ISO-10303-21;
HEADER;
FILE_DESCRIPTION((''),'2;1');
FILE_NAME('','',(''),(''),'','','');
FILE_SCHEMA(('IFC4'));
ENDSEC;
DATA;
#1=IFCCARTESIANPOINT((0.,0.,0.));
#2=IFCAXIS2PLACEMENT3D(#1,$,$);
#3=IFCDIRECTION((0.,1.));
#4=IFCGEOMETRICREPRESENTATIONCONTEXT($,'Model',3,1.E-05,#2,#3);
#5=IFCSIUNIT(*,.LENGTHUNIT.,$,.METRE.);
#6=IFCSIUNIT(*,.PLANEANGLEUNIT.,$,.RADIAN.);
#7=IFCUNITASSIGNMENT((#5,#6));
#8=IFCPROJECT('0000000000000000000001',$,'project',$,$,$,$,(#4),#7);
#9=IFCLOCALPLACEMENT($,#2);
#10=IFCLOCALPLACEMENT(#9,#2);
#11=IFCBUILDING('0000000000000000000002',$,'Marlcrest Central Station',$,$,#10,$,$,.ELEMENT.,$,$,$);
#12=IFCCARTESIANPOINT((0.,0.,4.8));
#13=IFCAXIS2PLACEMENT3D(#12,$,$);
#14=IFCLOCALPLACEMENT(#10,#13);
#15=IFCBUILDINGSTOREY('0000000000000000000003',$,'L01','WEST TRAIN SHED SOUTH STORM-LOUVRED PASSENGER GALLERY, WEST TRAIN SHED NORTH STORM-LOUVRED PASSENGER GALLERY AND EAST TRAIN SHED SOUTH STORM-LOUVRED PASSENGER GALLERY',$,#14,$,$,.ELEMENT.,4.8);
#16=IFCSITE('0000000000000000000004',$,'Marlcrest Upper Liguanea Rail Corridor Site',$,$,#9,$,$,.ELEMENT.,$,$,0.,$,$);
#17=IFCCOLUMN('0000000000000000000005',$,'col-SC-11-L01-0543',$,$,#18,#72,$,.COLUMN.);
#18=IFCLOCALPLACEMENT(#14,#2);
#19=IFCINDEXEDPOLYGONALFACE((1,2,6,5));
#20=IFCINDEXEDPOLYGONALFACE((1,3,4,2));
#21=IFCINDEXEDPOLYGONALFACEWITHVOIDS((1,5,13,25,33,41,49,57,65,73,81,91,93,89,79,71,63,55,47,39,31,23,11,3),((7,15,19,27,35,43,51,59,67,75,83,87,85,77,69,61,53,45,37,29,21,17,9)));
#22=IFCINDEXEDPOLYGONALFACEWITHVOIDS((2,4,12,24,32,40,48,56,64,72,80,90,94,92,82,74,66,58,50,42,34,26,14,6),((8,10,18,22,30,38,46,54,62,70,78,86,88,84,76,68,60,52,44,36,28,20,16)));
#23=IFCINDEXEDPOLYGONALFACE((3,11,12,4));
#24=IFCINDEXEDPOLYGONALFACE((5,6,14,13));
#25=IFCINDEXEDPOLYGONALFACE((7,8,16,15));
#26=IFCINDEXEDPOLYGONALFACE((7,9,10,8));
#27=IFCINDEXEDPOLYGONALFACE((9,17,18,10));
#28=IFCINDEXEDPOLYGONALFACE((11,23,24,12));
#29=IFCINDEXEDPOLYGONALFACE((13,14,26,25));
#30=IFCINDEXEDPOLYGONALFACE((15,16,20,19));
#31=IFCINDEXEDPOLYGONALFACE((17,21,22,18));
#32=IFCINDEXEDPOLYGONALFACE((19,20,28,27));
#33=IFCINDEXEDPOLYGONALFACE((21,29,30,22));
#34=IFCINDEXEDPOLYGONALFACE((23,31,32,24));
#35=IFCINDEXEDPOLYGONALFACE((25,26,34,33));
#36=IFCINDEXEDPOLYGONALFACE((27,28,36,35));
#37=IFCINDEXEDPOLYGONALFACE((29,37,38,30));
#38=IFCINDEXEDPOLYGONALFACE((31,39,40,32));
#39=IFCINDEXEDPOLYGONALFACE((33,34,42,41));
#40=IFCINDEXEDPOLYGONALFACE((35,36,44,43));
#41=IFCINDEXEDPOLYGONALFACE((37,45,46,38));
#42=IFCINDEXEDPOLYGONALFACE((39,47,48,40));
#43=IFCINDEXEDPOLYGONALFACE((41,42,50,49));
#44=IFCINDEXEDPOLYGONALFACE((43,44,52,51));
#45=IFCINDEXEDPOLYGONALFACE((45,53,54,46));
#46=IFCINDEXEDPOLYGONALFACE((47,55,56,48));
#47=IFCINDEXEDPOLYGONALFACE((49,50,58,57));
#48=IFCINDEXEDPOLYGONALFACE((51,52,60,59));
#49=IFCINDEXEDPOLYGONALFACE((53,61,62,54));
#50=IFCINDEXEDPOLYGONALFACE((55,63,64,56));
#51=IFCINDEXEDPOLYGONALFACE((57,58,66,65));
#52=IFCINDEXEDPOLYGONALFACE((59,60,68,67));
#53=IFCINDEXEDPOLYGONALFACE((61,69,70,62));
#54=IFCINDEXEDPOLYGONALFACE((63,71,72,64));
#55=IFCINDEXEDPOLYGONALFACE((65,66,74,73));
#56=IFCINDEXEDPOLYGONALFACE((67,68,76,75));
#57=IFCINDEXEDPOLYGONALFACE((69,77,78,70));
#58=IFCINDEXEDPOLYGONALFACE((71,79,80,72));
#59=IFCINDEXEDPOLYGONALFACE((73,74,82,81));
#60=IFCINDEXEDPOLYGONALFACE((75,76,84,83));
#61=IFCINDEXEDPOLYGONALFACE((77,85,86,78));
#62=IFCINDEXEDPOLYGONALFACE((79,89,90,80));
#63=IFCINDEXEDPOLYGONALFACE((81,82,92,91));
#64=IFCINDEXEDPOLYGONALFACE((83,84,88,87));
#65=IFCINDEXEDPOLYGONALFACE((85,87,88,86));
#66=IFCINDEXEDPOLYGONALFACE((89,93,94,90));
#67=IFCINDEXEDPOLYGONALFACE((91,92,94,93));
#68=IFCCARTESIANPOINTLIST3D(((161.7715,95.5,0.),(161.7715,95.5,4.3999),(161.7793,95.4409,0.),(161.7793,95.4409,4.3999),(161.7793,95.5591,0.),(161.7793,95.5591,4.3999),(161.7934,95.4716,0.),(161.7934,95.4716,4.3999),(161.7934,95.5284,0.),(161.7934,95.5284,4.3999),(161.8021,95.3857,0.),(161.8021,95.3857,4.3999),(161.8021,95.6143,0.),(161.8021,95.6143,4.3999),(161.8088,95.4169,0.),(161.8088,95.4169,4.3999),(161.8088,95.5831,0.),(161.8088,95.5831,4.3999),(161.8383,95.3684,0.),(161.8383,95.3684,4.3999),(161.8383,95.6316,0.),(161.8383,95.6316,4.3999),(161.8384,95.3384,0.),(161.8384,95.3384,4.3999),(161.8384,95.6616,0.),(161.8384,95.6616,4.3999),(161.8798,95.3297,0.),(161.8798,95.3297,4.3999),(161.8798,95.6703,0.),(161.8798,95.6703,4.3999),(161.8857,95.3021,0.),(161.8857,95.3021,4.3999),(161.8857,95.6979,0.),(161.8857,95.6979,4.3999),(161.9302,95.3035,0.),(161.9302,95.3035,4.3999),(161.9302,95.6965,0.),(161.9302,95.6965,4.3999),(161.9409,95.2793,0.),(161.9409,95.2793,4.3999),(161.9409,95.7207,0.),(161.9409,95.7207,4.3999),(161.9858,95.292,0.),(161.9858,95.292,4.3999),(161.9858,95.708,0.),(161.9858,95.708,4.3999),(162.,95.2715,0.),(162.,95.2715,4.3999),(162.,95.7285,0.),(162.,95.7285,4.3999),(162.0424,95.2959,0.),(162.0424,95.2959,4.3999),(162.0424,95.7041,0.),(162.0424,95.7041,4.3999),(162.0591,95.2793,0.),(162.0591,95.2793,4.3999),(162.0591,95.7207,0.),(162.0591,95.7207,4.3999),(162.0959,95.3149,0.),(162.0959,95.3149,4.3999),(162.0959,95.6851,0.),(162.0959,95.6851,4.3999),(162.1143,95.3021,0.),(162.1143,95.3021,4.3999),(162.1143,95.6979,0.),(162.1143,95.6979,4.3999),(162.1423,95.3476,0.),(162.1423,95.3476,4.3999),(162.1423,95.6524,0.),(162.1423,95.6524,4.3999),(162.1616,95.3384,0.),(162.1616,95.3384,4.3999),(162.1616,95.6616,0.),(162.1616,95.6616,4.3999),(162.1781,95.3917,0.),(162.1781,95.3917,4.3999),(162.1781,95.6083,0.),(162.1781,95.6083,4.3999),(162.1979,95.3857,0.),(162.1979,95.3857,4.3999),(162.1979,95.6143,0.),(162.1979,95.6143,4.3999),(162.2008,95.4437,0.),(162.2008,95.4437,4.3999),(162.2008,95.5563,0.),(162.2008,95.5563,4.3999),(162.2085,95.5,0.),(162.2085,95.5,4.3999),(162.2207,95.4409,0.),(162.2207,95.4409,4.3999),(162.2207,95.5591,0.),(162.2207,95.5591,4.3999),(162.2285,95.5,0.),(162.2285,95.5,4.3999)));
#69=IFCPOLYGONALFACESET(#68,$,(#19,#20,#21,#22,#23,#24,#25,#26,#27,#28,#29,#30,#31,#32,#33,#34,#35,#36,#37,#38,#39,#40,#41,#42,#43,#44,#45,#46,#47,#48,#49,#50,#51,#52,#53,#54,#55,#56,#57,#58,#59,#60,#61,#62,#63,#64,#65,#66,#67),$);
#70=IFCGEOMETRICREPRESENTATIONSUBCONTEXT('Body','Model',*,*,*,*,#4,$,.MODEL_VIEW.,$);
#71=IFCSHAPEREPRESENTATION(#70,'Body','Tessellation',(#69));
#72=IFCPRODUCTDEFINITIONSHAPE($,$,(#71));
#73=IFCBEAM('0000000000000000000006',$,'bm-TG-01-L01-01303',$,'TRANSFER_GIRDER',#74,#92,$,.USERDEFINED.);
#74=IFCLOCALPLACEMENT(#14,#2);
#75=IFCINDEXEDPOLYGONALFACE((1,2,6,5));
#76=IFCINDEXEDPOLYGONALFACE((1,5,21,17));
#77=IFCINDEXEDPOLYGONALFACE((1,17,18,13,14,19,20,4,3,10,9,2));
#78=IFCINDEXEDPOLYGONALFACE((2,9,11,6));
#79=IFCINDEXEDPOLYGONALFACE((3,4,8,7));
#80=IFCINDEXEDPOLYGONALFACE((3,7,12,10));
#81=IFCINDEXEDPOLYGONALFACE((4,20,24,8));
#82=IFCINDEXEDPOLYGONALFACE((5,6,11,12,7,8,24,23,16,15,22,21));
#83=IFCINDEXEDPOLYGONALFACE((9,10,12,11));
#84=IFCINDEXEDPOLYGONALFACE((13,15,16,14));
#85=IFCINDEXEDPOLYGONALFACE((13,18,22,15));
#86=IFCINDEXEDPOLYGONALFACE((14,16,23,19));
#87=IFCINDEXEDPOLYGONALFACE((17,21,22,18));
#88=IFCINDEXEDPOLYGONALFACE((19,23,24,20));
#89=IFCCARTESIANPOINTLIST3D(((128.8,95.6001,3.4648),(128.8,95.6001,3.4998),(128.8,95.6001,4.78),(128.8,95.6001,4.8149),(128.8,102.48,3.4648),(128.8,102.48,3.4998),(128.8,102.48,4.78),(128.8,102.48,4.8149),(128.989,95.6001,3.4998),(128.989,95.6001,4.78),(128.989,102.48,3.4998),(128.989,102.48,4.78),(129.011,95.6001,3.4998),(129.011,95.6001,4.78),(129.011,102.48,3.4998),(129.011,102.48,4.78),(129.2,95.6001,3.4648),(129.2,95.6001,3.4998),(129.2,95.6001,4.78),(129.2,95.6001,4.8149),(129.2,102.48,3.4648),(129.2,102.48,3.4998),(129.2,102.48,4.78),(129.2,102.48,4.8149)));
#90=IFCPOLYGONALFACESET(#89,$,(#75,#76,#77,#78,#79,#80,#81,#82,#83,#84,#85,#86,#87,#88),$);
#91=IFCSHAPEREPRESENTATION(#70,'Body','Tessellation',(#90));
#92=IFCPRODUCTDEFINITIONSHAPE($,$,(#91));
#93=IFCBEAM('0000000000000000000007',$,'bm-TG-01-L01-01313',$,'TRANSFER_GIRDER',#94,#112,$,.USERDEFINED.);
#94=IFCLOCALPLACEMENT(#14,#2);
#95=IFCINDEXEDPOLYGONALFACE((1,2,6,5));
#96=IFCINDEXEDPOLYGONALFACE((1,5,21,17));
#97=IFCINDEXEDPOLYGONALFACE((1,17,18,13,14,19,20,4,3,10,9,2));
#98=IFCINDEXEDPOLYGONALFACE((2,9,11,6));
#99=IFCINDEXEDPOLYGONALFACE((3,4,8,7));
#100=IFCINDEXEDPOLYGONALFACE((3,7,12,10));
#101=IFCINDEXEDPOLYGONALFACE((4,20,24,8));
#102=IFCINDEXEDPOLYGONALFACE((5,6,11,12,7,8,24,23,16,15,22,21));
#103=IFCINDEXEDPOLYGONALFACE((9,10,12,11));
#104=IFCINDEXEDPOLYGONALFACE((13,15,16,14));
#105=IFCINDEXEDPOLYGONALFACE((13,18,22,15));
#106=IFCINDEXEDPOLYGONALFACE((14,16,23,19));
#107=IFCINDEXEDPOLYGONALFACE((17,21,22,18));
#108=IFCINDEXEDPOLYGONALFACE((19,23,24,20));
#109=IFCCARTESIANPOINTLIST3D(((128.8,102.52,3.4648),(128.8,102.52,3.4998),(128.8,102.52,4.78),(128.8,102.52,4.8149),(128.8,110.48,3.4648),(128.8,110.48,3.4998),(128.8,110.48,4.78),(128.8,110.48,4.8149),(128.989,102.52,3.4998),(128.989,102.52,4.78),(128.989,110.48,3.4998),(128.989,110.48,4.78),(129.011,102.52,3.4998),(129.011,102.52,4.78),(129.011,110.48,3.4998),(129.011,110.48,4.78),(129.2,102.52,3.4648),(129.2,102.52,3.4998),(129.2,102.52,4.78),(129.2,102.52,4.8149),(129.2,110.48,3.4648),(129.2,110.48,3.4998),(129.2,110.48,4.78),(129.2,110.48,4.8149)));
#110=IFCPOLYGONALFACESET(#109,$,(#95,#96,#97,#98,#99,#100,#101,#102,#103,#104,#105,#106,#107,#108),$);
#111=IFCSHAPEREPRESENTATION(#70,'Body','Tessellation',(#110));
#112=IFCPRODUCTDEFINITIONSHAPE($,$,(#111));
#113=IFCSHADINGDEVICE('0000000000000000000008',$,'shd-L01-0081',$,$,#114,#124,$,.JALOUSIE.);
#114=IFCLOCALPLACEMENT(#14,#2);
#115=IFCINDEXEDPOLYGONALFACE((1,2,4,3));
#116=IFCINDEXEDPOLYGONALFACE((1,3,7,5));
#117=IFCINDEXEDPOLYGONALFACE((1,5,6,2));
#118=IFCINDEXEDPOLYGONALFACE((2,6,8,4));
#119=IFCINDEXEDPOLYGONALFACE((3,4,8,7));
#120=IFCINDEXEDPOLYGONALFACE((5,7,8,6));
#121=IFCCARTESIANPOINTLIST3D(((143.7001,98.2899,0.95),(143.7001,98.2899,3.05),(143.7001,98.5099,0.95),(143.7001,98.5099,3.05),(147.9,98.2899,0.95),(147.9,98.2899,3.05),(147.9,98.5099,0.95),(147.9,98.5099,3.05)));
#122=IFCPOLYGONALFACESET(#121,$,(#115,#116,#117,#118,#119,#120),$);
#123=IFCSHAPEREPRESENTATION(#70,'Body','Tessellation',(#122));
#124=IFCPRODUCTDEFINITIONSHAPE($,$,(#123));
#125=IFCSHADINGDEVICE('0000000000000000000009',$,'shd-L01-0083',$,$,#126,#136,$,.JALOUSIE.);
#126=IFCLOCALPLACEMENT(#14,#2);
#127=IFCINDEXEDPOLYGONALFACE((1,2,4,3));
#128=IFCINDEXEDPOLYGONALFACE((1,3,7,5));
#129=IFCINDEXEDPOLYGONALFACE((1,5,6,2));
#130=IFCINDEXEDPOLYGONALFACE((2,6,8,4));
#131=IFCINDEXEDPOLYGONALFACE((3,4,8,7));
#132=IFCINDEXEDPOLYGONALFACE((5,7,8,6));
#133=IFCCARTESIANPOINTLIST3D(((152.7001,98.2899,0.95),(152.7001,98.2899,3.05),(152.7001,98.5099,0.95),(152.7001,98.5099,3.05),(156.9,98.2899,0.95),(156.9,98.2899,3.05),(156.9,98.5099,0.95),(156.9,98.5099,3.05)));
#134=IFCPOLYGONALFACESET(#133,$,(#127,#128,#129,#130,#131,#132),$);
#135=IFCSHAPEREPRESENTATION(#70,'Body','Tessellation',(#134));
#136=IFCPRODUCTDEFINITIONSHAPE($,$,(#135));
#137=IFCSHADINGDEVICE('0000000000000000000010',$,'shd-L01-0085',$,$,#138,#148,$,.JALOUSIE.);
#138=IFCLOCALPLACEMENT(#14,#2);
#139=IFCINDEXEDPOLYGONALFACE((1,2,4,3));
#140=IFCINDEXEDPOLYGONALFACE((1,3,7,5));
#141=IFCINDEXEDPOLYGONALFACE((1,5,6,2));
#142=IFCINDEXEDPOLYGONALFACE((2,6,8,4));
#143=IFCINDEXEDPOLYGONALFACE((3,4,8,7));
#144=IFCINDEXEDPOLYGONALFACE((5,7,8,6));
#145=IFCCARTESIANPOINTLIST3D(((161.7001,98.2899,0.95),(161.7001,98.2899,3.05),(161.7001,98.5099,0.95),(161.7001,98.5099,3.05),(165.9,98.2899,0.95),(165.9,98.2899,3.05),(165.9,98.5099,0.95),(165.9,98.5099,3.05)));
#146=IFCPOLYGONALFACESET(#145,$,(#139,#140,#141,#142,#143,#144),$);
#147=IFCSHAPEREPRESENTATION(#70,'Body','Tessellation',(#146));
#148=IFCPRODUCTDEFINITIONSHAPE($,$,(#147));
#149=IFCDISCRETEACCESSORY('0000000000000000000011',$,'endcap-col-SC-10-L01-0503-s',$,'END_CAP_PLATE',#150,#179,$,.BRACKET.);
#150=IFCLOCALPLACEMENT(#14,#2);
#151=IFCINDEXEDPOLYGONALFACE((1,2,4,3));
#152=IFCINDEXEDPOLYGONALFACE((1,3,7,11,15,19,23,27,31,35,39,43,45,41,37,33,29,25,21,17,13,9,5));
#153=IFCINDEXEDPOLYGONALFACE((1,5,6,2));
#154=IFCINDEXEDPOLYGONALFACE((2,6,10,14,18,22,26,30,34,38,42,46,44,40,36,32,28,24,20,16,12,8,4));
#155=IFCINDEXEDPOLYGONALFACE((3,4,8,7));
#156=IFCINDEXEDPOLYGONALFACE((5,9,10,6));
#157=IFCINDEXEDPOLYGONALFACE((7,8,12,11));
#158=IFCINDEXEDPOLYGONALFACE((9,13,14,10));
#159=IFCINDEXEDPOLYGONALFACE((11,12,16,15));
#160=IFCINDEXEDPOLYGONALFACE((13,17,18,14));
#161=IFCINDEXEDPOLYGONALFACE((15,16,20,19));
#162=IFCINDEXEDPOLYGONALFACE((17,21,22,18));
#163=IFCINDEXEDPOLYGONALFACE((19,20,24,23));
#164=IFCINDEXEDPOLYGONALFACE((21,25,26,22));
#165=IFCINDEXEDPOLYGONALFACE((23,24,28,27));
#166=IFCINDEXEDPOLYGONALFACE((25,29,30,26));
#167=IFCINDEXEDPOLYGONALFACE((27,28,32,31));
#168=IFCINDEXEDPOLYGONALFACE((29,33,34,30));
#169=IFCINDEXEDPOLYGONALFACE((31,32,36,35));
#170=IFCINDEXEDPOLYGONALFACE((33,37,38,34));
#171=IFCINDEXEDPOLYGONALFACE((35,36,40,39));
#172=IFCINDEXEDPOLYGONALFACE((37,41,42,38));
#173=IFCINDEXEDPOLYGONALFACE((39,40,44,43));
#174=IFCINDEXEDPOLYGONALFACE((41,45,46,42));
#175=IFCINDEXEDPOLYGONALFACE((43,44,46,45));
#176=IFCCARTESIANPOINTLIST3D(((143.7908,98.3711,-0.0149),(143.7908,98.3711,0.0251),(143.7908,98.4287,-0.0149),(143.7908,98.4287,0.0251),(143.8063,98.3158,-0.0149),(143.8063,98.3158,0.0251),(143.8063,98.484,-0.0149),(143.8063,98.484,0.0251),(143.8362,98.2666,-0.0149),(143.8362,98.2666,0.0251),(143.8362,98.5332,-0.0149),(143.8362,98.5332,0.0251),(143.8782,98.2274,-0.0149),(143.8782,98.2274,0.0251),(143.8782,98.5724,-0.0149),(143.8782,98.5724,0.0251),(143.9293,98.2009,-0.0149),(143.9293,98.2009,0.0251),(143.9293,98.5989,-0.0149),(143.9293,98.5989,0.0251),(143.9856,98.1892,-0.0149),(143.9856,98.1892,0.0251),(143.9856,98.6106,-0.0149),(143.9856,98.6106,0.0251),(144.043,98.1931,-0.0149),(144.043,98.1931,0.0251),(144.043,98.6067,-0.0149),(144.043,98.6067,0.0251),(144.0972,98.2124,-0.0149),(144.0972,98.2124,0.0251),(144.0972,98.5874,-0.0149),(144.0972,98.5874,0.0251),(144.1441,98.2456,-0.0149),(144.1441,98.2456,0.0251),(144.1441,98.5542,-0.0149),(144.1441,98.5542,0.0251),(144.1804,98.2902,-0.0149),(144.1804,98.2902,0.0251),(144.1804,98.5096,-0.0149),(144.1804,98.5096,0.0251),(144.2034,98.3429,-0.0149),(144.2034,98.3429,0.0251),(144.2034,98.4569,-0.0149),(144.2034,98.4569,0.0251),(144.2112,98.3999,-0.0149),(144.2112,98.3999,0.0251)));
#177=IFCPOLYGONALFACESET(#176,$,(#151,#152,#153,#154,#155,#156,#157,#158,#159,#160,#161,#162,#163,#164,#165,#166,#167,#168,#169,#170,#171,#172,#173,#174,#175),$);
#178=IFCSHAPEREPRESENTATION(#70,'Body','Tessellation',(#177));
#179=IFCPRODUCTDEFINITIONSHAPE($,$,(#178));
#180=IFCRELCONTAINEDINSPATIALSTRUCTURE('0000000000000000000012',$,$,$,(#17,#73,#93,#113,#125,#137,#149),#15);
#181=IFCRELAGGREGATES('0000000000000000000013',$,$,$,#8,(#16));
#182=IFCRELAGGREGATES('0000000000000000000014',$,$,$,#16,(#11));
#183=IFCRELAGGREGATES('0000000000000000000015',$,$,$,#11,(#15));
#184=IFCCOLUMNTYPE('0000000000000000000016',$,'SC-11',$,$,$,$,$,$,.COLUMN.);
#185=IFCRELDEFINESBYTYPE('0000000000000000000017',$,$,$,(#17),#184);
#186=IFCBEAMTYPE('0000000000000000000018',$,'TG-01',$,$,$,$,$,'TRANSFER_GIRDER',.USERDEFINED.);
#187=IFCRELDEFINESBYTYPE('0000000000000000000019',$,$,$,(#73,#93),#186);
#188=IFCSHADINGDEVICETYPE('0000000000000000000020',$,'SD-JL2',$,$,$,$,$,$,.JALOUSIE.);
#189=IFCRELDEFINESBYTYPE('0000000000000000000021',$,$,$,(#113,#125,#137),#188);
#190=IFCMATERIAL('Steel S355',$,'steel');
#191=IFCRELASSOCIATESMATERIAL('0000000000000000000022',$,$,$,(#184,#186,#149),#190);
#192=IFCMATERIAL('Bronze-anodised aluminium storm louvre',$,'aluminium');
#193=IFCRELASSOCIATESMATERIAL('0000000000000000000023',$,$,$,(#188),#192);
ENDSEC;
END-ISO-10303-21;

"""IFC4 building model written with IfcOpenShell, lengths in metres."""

from ifc_helpers import new_model, si_unit, direction, frame, origin, origin_2d, place, context, subcontext, project, spatial, rectangle, circle, hollow_circle, i_section, extrude, material, material_profile, profile_set, type_object, element, save


model = new_model("IFC4")

# Units and contexts
model_context = context("Model", 3, precision=1e-05, world=origin(), true_north=direction((0.0, 1.0)))
body_context = subcontext(model_context, "Body", "Model", "MODEL_VIEW")
ifc_project = project(units=[si_unit("LENGTHUNIT", "METRE"), si_unit("PLANEANGLEUNIT", "RADIAN")], contexts=[model_context])

# Site, building, storey
site_placement = place(None, origin())
site = spatial("IfcSite", under=ifc_project, at=site_placement, Name="Marlcrest Upper Liguanea Rail Corridor Site", CompositionType="ELEMENT", RefElevation=0.0)
building_placement = place(site_placement, origin())
building = spatial("IfcBuilding", under=site, at=building_placement, Name="Marlcrest Central Station", CompositionType="ELEMENT")
storey_placement = place(building_placement, frame((0.0, 0.0, 4.8)))
storey = spatial("IfcBuildingStorey", under=building, at=storey_placement, Name="L01", Description="WEST TRAIN SHED SOUTH STORM-LOUVRED PASSENGER GALLERY, WEST TRAIN SHED NORTH STORM-LOUVRED PASSENGER GALLERY AND EAST TRAIN SHED SOUTH STORM-LOUVRED PASSENGER GALLERY", CompositionType="ELEMENT", Elevation=4.8)

# Column
ifc_material_1 = material(Name="Steel S355", Category="steel")
ifc_material_profile_1 = material_profile(ifc_material_1, hollow_circle(Radius=0.2285, WallThickness=0.02, at=origin_2d()), Name="CHS 457x20")
ifc_profile_set_1 = profile_set([ifc_material_profile_1], Name="Steel S355")
column_type_1 = type_object("IfcColumnType", Name="SC-11", PredefinedType="COLUMN", material=ifc_profile_set_1)
column_1_placement = place(storey_placement, frame((162.0, 95.5, 0.0), z_axis=(0.0, 0.0, 1.0), x_axis=(1.0, 0.0, 0.0)))
element("IfcColumn", 1, at=column_1_placement, inside=storey, type_object=column_type_1, Name="col-SC-11-L01-0543", PredefinedType="COLUMN", context=body_context, shape_type="SweptSolid", body=[
    extrude(hollow_circle(Radius=0.2285, WallThickness=0.02, at=origin_2d()), origin(), (0.0, 0.0, 1.0), 4.3999),
])

# Beams
ifc_material_profile_2 = material_profile(ifc_material_1, i_section(OverallWidth=0.3999, OverallDepth=1.3501, WebThickness=0.022, FlangeThickness=0.0349, at=origin_2d()), Name="PG 1350x400")
ifc_profile_set_2 = profile_set([ifc_material_profile_2], Name="Steel S355")
beam_type = type_object("IfcBeamType", Name="TG-01", ElementType="TRANSFER_GIRDER", PredefinedType="USERDEFINED", material=ifc_profile_set_2)
beam_1_placement = place(storey_placement, frame((129.0, 95.6001, 4.1399), z_axis=(0.0, 1.0, 0.0), x_axis=(-1.0, 0.0, 0.0)))
element("IfcBeam", 2, at=beam_1_placement, inside=storey, type_object=beam_type, Name="bm-TG-01-L01-01303", ObjectType="TRANSFER_GIRDER", PredefinedType="USERDEFINED", context=body_context, shape_type="SweptSolid", body=[
    extrude(i_section(OverallWidth=0.3999, OverallDepth=1.3501, WebThickness=0.022, FlangeThickness=0.0349, at=origin_2d()), origin(), (0.0, 0.0, 1.0), 6.8799),
])
beam_2_placement = place(storey_placement, frame((129.0, 102.52, 4.1399), z_axis=(0.0, 1.0, 0.0), x_axis=(-1.0, 0.0, 0.0)))
element("IfcBeam", 3, at=beam_2_placement, inside=storey, type_object=beam_type, Name="bm-TG-01-L01-01313", ObjectType="TRANSFER_GIRDER", PredefinedType="USERDEFINED", context=body_context, shape_type="SweptSolid", body=[
    extrude(i_section(OverallWidth=0.3999, OverallDepth=1.3501, WebThickness=0.022, FlangeThickness=0.0349, at=origin_2d()), origin(), (0.0, 0.0, 1.0), 7.96),
])

# Shading devices
ifc_material_2 = material(Name="Bronze-anodised aluminium storm louvre", Category="aluminium")
shading_device_type = type_object("IfcShadingDeviceType", Name="SD-JL2", PredefinedType="JALOUSIE", material=ifc_material_2)
for number, where, z_axis, x_axis, name in (
    (4, (145.8, 98.3999, 0.95), (0.0, 0.0, 1.0), (1.0, 0.0, 0.0), "shd-L01-0081"),
    (5, (154.8, 98.3999, 0.95), (0.0, 0.0, 1.0), (1.0, 0.0, 0.0), "shd-L01-0083"),
    (6, (163.8, 98.3999, 0.95), (0.0, 0.0, 1.0), (1.0, 0.0, 0.0), "shd-L01-0085"),
):
    element("IfcShadingDevice", number, at=place(storey_placement, frame(where, z_axis=z_axis, x_axis=x_axis)), inside=storey, type_object=shading_device_type, Name=name, PredefinedType="JALOUSIE", context=body_context, shape_type="SweptSolid", body=[
        extrude(rectangle(XDim=4.2, YDim=0.22, at=origin_2d()), origin(), (0.0, 0.0, 1.0), 2.1001),
    ])

# Discrete accessory
for number, where, z_axis, x_axis, name in (
    (7, (144.0, 98.3999, -0.0149), (0.0, 0.0, 1.0), (1.0, 0.0, 0.0), "endcap-col-SC-10-L01-0503-s"),
):
    element("IfcDiscreteAccessory", number, at=place(storey_placement, frame(where, z_axis=z_axis, x_axis=x_axis)), inside=storey, material=ifc_material_1, Name=name, ObjectType="END_CAP_PLATE", PredefinedType="BRACKET", context=body_context, shape_type="SweptSolid", body=[
        extrude(circle(Radius=0.2112, at=origin_2d()), origin(), (0.0, 0.0, 1.0), 0.04),
    ])

save(model, "model.ifc")
